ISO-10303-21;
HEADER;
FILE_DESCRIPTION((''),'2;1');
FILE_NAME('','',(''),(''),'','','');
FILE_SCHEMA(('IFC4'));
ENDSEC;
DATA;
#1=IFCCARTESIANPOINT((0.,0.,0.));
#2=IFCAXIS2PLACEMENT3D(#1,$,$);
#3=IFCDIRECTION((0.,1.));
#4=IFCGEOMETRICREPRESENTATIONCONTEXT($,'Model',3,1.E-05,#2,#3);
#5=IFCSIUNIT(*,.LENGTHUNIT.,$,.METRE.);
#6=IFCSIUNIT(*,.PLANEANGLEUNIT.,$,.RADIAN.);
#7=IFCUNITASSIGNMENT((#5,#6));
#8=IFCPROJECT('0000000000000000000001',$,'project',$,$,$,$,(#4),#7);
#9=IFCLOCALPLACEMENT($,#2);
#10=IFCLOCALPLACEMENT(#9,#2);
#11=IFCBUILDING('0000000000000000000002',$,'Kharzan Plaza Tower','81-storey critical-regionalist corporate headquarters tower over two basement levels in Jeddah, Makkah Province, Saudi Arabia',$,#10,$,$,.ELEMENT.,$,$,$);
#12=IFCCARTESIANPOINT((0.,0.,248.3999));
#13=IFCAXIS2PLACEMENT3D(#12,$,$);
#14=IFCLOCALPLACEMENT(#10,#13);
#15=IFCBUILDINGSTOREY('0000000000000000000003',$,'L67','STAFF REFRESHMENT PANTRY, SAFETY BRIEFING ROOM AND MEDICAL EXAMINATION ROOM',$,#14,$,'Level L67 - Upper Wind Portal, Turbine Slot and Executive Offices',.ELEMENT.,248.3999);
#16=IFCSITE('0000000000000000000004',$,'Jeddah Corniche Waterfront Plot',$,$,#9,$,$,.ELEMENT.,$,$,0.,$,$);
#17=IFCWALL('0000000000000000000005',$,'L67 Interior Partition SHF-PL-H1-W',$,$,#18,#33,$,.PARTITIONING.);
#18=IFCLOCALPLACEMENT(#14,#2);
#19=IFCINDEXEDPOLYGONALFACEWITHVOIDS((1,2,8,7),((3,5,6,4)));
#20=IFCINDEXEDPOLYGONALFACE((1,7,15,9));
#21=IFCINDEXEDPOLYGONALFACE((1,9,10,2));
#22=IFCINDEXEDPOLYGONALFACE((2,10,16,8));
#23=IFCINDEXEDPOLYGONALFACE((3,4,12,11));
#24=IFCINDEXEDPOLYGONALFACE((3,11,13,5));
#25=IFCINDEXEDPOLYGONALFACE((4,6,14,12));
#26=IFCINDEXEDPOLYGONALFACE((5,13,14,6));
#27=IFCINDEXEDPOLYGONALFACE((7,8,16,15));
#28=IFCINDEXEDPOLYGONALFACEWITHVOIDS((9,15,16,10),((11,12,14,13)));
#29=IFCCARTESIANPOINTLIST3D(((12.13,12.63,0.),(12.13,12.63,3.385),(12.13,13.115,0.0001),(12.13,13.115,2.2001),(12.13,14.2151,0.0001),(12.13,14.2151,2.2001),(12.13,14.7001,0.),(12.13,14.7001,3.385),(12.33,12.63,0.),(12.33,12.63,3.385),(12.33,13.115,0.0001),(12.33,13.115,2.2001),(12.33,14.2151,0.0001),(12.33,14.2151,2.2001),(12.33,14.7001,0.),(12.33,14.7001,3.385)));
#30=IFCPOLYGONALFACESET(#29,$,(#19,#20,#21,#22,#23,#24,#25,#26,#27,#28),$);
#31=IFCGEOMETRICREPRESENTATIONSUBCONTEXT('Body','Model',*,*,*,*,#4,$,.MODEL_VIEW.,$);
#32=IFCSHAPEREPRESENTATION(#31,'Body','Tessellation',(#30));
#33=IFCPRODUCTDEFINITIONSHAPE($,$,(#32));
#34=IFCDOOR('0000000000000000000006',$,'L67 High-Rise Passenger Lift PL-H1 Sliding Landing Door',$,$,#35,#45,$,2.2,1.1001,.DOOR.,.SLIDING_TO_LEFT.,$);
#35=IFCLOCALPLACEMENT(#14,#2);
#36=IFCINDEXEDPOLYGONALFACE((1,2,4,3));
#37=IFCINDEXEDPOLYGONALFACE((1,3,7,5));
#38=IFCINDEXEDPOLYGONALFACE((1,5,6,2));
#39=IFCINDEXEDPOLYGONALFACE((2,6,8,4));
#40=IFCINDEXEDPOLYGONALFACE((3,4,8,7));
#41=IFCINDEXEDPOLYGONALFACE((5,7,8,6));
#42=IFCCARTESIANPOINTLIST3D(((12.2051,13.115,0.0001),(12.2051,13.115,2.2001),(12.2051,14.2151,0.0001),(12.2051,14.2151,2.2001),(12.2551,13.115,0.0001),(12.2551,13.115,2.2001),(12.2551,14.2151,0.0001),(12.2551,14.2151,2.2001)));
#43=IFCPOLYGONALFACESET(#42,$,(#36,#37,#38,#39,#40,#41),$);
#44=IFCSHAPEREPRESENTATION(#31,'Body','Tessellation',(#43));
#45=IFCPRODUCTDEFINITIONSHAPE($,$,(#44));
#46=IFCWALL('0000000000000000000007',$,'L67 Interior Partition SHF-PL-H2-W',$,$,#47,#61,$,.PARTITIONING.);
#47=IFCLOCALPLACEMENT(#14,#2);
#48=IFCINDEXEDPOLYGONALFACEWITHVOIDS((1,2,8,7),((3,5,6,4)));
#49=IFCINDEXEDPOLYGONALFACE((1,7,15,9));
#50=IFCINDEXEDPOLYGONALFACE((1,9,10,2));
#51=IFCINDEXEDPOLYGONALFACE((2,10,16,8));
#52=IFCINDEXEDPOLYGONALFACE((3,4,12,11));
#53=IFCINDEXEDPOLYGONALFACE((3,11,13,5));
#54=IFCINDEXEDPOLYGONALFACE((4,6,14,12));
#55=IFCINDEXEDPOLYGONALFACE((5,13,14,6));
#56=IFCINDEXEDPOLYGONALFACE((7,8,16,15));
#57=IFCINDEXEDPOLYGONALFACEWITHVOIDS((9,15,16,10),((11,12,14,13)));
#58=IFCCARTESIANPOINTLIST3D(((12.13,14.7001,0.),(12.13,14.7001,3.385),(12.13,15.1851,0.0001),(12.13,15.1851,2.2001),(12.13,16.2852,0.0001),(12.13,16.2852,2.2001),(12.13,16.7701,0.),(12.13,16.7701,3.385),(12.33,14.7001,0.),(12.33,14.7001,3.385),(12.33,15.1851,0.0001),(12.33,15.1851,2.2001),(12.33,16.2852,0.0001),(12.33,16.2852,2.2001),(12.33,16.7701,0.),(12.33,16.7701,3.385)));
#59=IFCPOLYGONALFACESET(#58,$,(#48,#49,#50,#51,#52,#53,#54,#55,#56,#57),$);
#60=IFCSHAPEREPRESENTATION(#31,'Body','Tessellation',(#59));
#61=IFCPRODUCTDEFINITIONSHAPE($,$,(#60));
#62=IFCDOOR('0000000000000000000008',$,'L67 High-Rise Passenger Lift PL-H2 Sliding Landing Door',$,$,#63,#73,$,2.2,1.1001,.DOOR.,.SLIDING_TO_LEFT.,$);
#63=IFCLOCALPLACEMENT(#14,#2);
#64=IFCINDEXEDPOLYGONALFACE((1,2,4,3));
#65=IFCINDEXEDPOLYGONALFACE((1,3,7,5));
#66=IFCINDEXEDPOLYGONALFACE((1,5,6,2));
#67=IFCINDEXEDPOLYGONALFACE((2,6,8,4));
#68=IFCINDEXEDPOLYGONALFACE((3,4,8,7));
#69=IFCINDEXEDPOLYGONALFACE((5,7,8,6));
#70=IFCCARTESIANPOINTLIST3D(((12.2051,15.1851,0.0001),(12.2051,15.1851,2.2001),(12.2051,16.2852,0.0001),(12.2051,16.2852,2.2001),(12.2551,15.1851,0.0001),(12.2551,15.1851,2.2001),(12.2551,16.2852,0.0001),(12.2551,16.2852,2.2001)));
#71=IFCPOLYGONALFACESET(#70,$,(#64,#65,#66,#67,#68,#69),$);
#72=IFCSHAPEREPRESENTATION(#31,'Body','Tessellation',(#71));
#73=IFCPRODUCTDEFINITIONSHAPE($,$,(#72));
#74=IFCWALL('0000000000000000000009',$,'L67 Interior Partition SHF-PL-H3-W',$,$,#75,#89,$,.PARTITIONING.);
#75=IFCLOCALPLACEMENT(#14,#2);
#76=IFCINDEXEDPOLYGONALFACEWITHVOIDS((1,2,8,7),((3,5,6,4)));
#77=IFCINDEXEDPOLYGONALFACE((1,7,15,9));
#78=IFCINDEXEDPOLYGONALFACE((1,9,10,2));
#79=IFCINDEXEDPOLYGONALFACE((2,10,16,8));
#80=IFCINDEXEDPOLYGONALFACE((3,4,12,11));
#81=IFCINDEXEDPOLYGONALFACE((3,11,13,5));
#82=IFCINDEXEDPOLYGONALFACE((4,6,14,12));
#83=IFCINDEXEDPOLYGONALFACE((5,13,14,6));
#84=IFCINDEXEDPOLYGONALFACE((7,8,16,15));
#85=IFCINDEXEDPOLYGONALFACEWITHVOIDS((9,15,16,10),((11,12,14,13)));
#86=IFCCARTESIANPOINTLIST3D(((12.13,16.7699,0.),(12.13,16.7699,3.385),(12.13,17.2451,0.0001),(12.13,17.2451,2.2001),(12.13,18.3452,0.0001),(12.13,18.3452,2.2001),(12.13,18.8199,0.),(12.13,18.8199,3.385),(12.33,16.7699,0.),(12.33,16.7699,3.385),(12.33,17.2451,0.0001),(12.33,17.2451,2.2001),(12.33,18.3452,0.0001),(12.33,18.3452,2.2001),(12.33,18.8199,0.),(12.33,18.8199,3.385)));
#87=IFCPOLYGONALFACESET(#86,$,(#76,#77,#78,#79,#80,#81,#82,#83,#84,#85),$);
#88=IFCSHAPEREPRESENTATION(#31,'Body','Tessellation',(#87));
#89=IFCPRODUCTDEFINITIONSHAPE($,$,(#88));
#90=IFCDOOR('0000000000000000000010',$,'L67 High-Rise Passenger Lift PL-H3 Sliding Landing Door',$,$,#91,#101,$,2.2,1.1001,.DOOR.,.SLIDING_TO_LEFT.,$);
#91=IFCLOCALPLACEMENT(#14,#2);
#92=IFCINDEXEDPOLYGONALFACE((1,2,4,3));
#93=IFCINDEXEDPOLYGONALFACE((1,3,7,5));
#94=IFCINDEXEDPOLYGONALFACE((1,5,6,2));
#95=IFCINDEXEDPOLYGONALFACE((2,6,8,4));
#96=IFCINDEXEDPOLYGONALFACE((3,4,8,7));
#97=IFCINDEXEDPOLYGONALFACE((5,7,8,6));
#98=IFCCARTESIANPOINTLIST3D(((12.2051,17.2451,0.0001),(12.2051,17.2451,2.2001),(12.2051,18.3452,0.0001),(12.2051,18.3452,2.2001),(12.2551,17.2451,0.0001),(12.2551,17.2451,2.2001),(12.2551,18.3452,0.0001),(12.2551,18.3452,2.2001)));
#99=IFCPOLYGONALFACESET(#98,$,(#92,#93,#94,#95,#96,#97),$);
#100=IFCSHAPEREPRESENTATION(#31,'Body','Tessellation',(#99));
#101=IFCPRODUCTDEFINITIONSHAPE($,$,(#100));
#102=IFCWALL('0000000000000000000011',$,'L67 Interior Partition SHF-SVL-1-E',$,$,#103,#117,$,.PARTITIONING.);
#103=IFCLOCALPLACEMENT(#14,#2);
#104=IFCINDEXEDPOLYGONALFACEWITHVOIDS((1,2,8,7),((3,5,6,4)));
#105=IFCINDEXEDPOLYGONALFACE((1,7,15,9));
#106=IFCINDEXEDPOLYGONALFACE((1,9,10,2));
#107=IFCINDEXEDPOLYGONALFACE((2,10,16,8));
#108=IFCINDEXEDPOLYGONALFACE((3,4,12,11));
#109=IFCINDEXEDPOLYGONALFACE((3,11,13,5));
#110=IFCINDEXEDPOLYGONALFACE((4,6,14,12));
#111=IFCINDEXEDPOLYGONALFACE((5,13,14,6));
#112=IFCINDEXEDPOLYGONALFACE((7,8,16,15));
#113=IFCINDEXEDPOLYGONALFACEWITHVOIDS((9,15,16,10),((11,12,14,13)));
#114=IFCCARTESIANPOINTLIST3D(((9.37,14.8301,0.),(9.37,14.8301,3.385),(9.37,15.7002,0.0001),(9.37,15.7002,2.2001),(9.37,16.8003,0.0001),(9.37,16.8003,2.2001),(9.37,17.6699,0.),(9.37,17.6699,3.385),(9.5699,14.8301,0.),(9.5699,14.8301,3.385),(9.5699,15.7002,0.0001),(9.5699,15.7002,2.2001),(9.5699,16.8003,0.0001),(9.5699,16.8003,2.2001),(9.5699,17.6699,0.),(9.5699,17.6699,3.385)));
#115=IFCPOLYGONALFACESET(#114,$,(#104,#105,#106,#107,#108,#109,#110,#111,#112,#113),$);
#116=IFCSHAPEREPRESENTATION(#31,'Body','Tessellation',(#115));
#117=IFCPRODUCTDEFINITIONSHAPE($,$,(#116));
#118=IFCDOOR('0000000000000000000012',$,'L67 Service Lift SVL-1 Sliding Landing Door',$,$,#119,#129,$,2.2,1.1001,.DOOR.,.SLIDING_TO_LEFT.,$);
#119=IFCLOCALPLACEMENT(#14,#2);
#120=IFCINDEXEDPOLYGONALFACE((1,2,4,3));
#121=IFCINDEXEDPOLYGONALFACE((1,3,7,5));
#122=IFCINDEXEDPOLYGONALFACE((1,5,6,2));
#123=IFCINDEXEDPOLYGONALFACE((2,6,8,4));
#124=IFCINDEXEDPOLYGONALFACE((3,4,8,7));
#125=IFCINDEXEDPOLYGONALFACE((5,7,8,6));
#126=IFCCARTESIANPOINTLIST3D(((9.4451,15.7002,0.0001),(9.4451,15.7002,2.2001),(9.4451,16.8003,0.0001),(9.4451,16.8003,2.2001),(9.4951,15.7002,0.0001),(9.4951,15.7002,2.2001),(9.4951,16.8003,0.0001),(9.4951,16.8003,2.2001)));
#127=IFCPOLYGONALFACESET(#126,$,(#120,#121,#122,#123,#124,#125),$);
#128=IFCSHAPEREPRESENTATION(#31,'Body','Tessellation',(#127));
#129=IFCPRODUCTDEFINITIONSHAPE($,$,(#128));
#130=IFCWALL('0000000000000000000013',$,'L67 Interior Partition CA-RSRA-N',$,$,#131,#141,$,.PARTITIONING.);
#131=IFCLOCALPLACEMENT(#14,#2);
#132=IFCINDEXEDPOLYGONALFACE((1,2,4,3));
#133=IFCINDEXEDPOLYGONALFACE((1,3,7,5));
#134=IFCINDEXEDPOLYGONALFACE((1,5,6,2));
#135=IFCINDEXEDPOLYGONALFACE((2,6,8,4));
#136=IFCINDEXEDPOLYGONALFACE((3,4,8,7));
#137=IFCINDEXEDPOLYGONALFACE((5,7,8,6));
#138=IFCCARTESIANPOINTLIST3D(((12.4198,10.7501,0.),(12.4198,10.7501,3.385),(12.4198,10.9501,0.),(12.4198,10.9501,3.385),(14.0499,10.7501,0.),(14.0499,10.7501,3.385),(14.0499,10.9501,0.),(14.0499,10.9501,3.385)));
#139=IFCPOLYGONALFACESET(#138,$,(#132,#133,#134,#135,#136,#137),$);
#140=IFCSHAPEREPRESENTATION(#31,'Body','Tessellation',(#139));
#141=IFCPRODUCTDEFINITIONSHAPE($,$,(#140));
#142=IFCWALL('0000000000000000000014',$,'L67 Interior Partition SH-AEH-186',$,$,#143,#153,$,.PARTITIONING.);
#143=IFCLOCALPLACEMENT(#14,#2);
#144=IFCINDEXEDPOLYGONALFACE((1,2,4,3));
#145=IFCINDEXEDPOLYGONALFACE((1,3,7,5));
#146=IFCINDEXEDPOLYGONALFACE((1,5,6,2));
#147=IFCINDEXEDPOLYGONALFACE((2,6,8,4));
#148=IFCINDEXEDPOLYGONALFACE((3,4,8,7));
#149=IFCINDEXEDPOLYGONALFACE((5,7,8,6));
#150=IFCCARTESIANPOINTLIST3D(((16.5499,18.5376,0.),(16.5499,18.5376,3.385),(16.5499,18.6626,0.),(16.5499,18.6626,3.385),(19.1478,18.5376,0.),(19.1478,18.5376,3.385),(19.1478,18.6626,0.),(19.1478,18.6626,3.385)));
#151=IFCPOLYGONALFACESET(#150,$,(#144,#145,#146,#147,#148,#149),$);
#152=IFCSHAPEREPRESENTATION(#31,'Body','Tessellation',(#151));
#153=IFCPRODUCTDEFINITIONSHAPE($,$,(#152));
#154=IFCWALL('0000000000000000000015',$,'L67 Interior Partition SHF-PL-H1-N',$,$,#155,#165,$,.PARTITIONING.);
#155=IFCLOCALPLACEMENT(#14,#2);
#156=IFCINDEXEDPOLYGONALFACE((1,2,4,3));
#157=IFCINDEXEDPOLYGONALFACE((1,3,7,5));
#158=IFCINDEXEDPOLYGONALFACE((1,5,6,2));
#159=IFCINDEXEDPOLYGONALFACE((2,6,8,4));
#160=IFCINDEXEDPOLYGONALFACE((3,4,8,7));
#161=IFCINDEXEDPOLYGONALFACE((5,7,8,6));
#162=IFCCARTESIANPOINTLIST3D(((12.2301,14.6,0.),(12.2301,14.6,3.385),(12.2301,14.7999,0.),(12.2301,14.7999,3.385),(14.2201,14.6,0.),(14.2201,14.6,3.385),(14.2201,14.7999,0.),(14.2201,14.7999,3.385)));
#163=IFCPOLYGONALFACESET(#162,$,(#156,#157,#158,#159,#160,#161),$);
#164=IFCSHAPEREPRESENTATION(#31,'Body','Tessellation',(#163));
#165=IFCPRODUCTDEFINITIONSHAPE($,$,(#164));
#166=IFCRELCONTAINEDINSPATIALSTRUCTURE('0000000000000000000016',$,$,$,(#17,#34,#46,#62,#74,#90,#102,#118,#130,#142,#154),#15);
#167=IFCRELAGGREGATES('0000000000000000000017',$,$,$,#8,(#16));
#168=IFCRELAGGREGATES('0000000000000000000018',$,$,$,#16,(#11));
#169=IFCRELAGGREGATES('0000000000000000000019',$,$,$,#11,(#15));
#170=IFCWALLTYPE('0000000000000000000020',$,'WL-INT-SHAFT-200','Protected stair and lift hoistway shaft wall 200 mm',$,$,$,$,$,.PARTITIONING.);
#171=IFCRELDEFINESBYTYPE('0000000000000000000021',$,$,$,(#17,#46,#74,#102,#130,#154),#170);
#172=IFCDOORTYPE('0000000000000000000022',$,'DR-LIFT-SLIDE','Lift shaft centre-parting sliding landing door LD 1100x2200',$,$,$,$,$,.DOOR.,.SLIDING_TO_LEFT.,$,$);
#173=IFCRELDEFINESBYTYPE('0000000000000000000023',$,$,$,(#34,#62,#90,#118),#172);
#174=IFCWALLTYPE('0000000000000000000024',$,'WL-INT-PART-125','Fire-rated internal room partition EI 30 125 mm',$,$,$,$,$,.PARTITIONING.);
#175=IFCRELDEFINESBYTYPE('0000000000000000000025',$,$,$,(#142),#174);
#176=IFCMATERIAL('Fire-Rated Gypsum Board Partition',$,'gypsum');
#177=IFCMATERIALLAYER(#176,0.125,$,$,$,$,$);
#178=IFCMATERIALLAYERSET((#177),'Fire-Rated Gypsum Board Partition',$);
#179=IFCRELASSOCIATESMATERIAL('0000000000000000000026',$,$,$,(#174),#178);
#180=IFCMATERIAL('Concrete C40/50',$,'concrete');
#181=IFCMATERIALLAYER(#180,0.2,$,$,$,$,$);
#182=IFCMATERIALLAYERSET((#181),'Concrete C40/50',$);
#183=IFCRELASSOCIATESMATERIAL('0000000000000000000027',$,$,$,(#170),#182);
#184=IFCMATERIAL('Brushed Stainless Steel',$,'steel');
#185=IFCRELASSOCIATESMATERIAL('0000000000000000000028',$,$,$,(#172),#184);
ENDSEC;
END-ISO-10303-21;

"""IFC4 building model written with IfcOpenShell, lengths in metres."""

from ifc_helpers import new_model, si_unit, direction, frame, frame_2d, origin, place, context, subcontext, project, spatial, rectangle, extrude, source, transform, mapped, material, layer, layer_set, type_object, element, fill, save


model = new_model("IFC4")

# Units and contexts
model_context = context("Model", 3, precision=1e-05, world=origin(), true_north=direction((0.0, 1.0)))
body_context = subcontext(model_context, "Body", "Model", "MODEL_VIEW")
ifc_project = project(units=[si_unit("LENGTHUNIT", "METRE"), si_unit("PLANEANGLEUNIT", "RADIAN")], contexts=[model_context])

# Site, building, storey
site_placement = place(None, origin())
site = spatial("IfcSite", under=ifc_project, at=site_placement, Name="Jeddah Corniche Waterfront Plot", CompositionType="ELEMENT", RefElevation=0.0)
building_placement = place(site_placement, origin())
building = spatial("IfcBuilding", under=site, at=building_placement, Name="Kharzan Plaza Tower", Description="81-storey critical-regionalist corporate headquarters tower over two basement levels in Jeddah, Makkah Province, Saudi Arabia", CompositionType="ELEMENT")
storey_placement = place(building_placement, frame((0.0, 0.0, 248.3999)))
storey = spatial("IfcBuildingStorey", under=building, at=storey_placement, Name="L67", Description="STAFF REFRESHMENT PANTRY, SAFETY BRIEFING ROOM AND MEDICAL EXAMINATION ROOM", LongName="Level L67 - Upper Wind Portal, Turbine Slot and Executive Offices", CompositionType="ELEMENT", Elevation=248.3999)

# Walls, openings, doors
ifc_material_1 = material(Name="Fire-Rated Gypsum Board Partition", Category="gypsum")
ifc_layer_1 = layer(ifc_material_1, 0.125)
ifc_layer_set_1 = layer_set([ifc_layer_1], Name="Fire-Rated Gypsum Board Partition")
wall_type_1 = type_object("IfcWallType", Name="WL-INT-PART-125", Description="Fire-rated internal room partition EI 30 125 mm", PredefinedType="PARTITIONING", material=ifc_layer_set_1)
ifc_material_2 = material(Name="Concrete C40/50", Category="concrete")
ifc_layer_2 = layer(ifc_material_2, 0.2)
ifc_layer_set_2 = layer_set([ifc_layer_2], Name="Concrete C40/50")
wall_type_2 = type_object("IfcWallType", Name="WL-INT-SHAFT-200", Description="Protected stair and lift hoistway shaft wall 200 mm", PredefinedType="PARTITIONING", material=ifc_layer_set_2)
wall_1_placement = place(storey_placement, frame((12.23, 12.6299, 0.0), z_axis=(0.0, 0.0, 1.0), x_axis=(0.0, 1.0, 0.0)))
wall_1 = element("IfcWall", 1, at=wall_1_placement, inside=storey, type_object=wall_type_2, Name="L67 Interior Partition SHF-PL-H1-W", PredefinedType="PARTITIONING", context=body_context, shape_type="SweptSolid", body=[
    extrude(rectangle(XDim=2.0701, YDim=0.2, at=frame_2d((1.0352, 0.0))), origin(), (0.0, 0.0, 1.0), 3.385),
])
opening_1_placement = place(wall_1_placement, frame((0.4851, 0.0, 0.0)))
opening_1 = element("IfcOpeningElement", 2, at=opening_1_placement, cuts=wall_1, PredefinedType="OPENING", context=body_context, shape_type="SweptSolid", body=[
    extrude(rectangle(XDim=1.1001, YDim=2.2, at=frame_2d((0.55, 1.1001))), frame((0.0, 0.1099, 0.0), z_axis=(0.0, -1.0, 0.0), x_axis=(1.0, 0.0, 0.0)), (0.0, 0.0, 1.0), 0.22),
])
ifc_material_3 = material(Name="Brushed Stainless Steel", Category="steel")
door_type_1 = type_object("IfcDoorType", Name="DR-LIFT-SLIDE", Description="Lift shaft centre-parting sliding landing door LD 1100x2200", OperationType="SLIDING_TO_LEFT", PredefinedType="DOOR", material=ifc_material_3)
shared_shape_1 = source(origin(), body_context, "Body", "SweptSolid", [
    extrude(rectangle(XDim=1.1001, YDim=2.2, at=frame_2d((0.55, 1.1001))), frame((0.0, 0.0249, 0.0), z_axis=(0.0, -1.0, 0.0), x_axis=(1.0, 0.0, 0.0)), (0.0, 0.0, 1.0), 0.05),
])
door_1_placement = place(opening_1_placement, origin())
door_1 = element("IfcDoor", 3, at=door_1_placement, inside=storey, type_object=door_type_1, Name="L67 High-Rise Passenger Lift PL-H1 Sliding Landing Door", OperationType="SLIDING_TO_LEFT", OverallHeight=2.2, OverallWidth=1.1001, PredefinedType="DOOR", context=body_context, shape_type="MappedRepresentation", body=[
    mapped(shared_shape_1, transform((0.0, 0.0, 0.0), x_axis=(1.0, 0.0, 0.0), y_axis=(0.0, 1.0, 0.0), z_axis=(0.0, 0.0, 1.0))),
])
fill(opening_1, door_1)
wall_2_placement = place(storey_placement, frame((12.23, 14.7, 0.0), z_axis=(0.0, 0.0, 1.0), x_axis=(0.0, 1.0, 0.0)))
wall_2 = element("IfcWall", 4, at=wall_2_placement, inside=storey, type_object=wall_type_2, Name="L67 Interior Partition SHF-PL-H2-W", PredefinedType="PARTITIONING", context=body_context, shape_type="SweptSolid", body=[
    extrude(rectangle(XDim=2.0701, YDim=0.2, at=frame_2d((1.0352, 0.0))), origin(), (0.0, 0.0, 1.0), 3.385),
])
opening_2_placement = place(wall_2_placement, frame((0.4851, 0.0, 0.0)))
opening_2 = element("IfcOpeningElement", 5, at=opening_2_placement, cuts=wall_2, PredefinedType="OPENING", context=body_context, shape_type="SweptSolid", body=[
    extrude(rectangle(XDim=1.1001, YDim=2.2, at=frame_2d((0.55, 1.1001))), frame((0.0, 0.1099, 0.0), z_axis=(0.0, -1.0, 0.0), x_axis=(1.0, 0.0, 0.0)), (0.0, 0.0, 1.0), 0.22),
])
door_2_placement = place(opening_2_placement, origin())
door_2 = element("IfcDoor", 6, at=door_2_placement, inside=storey, type_object=door_type_1, Name="L67 High-Rise Passenger Lift PL-H2 Sliding Landing Door", OperationType="SLIDING_TO_LEFT", OverallHeight=2.2, OverallWidth=1.1001, PredefinedType="DOOR", context=body_context, shape_type="MappedRepresentation", body=[
    mapped(shared_shape_1, transform((0.0, 0.0, 0.0), x_axis=(1.0, 0.0, 0.0), y_axis=(0.0, 1.0, 0.0), z_axis=(0.0, 0.0, 1.0))),
])
fill(opening_2, door_2)
wall_3_placement = place(storey_placement, frame((12.23, 16.77, 0.0), z_axis=(0.0, 0.0, 1.0), x_axis=(0.0, 1.0, 0.0)))
wall_3 = element("IfcWall", 7, at=wall_3_placement, inside=storey, type_object=wall_type_2, Name="L67 Interior Partition SHF-PL-H3-W", PredefinedType="PARTITIONING", context=body_context, shape_type="SweptSolid", body=[
    extrude(rectangle(XDim=2.05, YDim=0.2, at=frame_2d((1.0249, 0.0))), origin(), (0.0, 0.0, 1.0), 3.385),
])
opening_3_placement = place(wall_3_placement, frame((0.4751, 0.0, 0.0)))
opening_3 = element("IfcOpeningElement", 8, at=opening_3_placement, cuts=wall_3, PredefinedType="OPENING", context=body_context, shape_type="SweptSolid", body=[
    extrude(rectangle(XDim=1.1001, YDim=2.2, at=frame_2d((0.55, 1.1001))), frame((0.0, 0.1099, 0.0), z_axis=(0.0, -1.0, 0.0), x_axis=(1.0, 0.0, 0.0)), (0.0, 0.0, 1.0), 0.22),
])
door_3_placement = place(opening_3_placement, origin())
door_3 = element("IfcDoor", 9, at=door_3_placement, inside=storey, type_object=door_type_1, Name="L67 High-Rise Passenger Lift PL-H3 Sliding Landing Door", OperationType="SLIDING_TO_LEFT", OverallHeight=2.2, OverallWidth=1.1001, PredefinedType="DOOR", context=body_context, shape_type="MappedRepresentation", body=[
    mapped(shared_shape_1, transform((0.0, 0.0, 0.0), x_axis=(1.0, 0.0, 0.0), y_axis=(0.0, 1.0, 0.0), z_axis=(0.0, 0.0, 1.0))),
])
fill(opening_3, door_3)
wall_4_placement = place(storey_placement, frame((9.47, 14.8301, 0.0), z_axis=(0.0, 0.0, 1.0), x_axis=(0.0, 1.0, 0.0)))
wall_4 = element("IfcWall", 10, at=wall_4_placement, inside=storey, type_object=wall_type_2, Name="L67 Interior Partition SHF-SVL-1-E", PredefinedType="PARTITIONING", context=body_context, shape_type="SweptSolid", body=[
    extrude(rectangle(XDim=2.8398, YDim=0.2, at=frame_2d((1.4199, 0.0))), origin(), (0.0, 0.0, 1.0), 3.385),
])
opening_4_placement = place(wall_4_placement, frame((0.8701, 0.0, 0.0)))
opening_4 = element("IfcOpeningElement", 11, at=opening_4_placement, cuts=wall_4, PredefinedType="OPENING", context=body_context, shape_type="SweptSolid", body=[
    extrude(rectangle(XDim=1.1001, YDim=2.2, at=frame_2d((0.55, 1.1001))), frame((0.0, 0.1099, 0.0), z_axis=(0.0, -1.0, 0.0), x_axis=(1.0, 0.0, 0.0)), (0.0, 0.0, 1.0), 0.22),
])
door_4_placement = place(opening_4_placement, origin())
door_4 = element("IfcDoor", 12, at=door_4_placement, inside=storey, type_object=door_type_1, Name="L67 Service Lift SVL-1 Sliding Landing Door", OperationType="SLIDING_TO_LEFT", OverallHeight=2.2, OverallWidth=1.1001, PredefinedType="DOOR", context=body_context, shape_type="MappedRepresentation", body=[
    mapped(shared_shape_1, transform((0.0, 0.0, 0.0), x_axis=(1.0, 0.0, 0.0), y_axis=(0.0, 1.0, 0.0), z_axis=(0.0, 0.0, 1.0))),
])
fill(opening_4, door_4)

# Walls
shared_shape_2 = source(origin(), body_context, "Body", "SweptSolid", [
    extrude(rectangle(XDim=1.6301, YDim=0.2, at=frame_2d((0.8149, 0.0))), origin(), (0.0, 0.0, 1.0), 3.385),
])
wall_5_placement = place(storey_placement, frame((12.4199, 10.8501, 0.0), z_axis=(0.0, 0.0, 1.0), x_axis=(1.0, 0.0, 0.0)))
element("IfcWall", 13, at=wall_5_placement, inside=storey, type_object=wall_type_2, Name="L67 Interior Partition CA-RSRA-N", PredefinedType="PARTITIONING", context=body_context, shape_type="MappedRepresentation", body=[
    mapped(shared_shape_2, transform((0.0, 0.0, 0.0), x_axis=(1.0, 0.0, 0.0), y_axis=(0.0, 1.0, 0.0), z_axis=(0.0, 0.0, 1.0))),
])
shared_shape_3 = source(origin(), body_context, "Body", "SweptSolid", [
    extrude(rectangle(XDim=2.5979, YDim=0.125, at=frame_2d((1.2988, 0.0))), origin(), (0.0, 0.0, 1.0), 3.385),
])
wall_6_placement = place(storey_placement, frame((16.55, 18.6001, 0.0), z_axis=(0.0, 0.0, 1.0), x_axis=(1.0, 0.0, 0.0)))
element("IfcWall", 14, at=wall_6_placement, inside=storey, type_object=wall_type_1, Name="L67 Interior Partition SH-AEH-186", PredefinedType="PARTITIONING", context=body_context, shape_type="MappedRepresentation", body=[
    mapped(shared_shape_3, transform((0.0, 0.0, 0.0), x_axis=(1.0, 0.0, 0.0), y_axis=(0.0, 1.0, 0.0), z_axis=(0.0, 0.0, 1.0))),
])
shared_shape_4 = source(origin(), body_context, "Body", "SweptSolid", [
    extrude(rectangle(XDim=1.99, YDim=0.2, at=frame_2d((0.9951, 0.0))), origin(), (0.0, 0.0, 1.0), 3.385),
])
for number, where, z_axis, x_axis, name in (
    (15, (12.23, 14.7, 0.0), (0.0, 0.0, 1.0), (1.0, 0.0, 0.0), "L67 Interior Partition SHF-PL-H1-N"),
):
    element("IfcWall", number, at=place(storey_placement, frame(where, z_axis=z_axis, x_axis=x_axis)), inside=storey, type_object=wall_type_2, Name=name, PredefinedType="PARTITIONING", context=body_context, shape_type="MappedRepresentation", body=[
        mapped(shared_shape_4, transform((0.0, 0.0, 0.0), x_axis=(1.0, 0.0, 0.0), y_axis=(0.0, 1.0, 0.0), z_axis=(0.0, 0.0, 1.0))),
    ])

save(model, "model.ifc")
